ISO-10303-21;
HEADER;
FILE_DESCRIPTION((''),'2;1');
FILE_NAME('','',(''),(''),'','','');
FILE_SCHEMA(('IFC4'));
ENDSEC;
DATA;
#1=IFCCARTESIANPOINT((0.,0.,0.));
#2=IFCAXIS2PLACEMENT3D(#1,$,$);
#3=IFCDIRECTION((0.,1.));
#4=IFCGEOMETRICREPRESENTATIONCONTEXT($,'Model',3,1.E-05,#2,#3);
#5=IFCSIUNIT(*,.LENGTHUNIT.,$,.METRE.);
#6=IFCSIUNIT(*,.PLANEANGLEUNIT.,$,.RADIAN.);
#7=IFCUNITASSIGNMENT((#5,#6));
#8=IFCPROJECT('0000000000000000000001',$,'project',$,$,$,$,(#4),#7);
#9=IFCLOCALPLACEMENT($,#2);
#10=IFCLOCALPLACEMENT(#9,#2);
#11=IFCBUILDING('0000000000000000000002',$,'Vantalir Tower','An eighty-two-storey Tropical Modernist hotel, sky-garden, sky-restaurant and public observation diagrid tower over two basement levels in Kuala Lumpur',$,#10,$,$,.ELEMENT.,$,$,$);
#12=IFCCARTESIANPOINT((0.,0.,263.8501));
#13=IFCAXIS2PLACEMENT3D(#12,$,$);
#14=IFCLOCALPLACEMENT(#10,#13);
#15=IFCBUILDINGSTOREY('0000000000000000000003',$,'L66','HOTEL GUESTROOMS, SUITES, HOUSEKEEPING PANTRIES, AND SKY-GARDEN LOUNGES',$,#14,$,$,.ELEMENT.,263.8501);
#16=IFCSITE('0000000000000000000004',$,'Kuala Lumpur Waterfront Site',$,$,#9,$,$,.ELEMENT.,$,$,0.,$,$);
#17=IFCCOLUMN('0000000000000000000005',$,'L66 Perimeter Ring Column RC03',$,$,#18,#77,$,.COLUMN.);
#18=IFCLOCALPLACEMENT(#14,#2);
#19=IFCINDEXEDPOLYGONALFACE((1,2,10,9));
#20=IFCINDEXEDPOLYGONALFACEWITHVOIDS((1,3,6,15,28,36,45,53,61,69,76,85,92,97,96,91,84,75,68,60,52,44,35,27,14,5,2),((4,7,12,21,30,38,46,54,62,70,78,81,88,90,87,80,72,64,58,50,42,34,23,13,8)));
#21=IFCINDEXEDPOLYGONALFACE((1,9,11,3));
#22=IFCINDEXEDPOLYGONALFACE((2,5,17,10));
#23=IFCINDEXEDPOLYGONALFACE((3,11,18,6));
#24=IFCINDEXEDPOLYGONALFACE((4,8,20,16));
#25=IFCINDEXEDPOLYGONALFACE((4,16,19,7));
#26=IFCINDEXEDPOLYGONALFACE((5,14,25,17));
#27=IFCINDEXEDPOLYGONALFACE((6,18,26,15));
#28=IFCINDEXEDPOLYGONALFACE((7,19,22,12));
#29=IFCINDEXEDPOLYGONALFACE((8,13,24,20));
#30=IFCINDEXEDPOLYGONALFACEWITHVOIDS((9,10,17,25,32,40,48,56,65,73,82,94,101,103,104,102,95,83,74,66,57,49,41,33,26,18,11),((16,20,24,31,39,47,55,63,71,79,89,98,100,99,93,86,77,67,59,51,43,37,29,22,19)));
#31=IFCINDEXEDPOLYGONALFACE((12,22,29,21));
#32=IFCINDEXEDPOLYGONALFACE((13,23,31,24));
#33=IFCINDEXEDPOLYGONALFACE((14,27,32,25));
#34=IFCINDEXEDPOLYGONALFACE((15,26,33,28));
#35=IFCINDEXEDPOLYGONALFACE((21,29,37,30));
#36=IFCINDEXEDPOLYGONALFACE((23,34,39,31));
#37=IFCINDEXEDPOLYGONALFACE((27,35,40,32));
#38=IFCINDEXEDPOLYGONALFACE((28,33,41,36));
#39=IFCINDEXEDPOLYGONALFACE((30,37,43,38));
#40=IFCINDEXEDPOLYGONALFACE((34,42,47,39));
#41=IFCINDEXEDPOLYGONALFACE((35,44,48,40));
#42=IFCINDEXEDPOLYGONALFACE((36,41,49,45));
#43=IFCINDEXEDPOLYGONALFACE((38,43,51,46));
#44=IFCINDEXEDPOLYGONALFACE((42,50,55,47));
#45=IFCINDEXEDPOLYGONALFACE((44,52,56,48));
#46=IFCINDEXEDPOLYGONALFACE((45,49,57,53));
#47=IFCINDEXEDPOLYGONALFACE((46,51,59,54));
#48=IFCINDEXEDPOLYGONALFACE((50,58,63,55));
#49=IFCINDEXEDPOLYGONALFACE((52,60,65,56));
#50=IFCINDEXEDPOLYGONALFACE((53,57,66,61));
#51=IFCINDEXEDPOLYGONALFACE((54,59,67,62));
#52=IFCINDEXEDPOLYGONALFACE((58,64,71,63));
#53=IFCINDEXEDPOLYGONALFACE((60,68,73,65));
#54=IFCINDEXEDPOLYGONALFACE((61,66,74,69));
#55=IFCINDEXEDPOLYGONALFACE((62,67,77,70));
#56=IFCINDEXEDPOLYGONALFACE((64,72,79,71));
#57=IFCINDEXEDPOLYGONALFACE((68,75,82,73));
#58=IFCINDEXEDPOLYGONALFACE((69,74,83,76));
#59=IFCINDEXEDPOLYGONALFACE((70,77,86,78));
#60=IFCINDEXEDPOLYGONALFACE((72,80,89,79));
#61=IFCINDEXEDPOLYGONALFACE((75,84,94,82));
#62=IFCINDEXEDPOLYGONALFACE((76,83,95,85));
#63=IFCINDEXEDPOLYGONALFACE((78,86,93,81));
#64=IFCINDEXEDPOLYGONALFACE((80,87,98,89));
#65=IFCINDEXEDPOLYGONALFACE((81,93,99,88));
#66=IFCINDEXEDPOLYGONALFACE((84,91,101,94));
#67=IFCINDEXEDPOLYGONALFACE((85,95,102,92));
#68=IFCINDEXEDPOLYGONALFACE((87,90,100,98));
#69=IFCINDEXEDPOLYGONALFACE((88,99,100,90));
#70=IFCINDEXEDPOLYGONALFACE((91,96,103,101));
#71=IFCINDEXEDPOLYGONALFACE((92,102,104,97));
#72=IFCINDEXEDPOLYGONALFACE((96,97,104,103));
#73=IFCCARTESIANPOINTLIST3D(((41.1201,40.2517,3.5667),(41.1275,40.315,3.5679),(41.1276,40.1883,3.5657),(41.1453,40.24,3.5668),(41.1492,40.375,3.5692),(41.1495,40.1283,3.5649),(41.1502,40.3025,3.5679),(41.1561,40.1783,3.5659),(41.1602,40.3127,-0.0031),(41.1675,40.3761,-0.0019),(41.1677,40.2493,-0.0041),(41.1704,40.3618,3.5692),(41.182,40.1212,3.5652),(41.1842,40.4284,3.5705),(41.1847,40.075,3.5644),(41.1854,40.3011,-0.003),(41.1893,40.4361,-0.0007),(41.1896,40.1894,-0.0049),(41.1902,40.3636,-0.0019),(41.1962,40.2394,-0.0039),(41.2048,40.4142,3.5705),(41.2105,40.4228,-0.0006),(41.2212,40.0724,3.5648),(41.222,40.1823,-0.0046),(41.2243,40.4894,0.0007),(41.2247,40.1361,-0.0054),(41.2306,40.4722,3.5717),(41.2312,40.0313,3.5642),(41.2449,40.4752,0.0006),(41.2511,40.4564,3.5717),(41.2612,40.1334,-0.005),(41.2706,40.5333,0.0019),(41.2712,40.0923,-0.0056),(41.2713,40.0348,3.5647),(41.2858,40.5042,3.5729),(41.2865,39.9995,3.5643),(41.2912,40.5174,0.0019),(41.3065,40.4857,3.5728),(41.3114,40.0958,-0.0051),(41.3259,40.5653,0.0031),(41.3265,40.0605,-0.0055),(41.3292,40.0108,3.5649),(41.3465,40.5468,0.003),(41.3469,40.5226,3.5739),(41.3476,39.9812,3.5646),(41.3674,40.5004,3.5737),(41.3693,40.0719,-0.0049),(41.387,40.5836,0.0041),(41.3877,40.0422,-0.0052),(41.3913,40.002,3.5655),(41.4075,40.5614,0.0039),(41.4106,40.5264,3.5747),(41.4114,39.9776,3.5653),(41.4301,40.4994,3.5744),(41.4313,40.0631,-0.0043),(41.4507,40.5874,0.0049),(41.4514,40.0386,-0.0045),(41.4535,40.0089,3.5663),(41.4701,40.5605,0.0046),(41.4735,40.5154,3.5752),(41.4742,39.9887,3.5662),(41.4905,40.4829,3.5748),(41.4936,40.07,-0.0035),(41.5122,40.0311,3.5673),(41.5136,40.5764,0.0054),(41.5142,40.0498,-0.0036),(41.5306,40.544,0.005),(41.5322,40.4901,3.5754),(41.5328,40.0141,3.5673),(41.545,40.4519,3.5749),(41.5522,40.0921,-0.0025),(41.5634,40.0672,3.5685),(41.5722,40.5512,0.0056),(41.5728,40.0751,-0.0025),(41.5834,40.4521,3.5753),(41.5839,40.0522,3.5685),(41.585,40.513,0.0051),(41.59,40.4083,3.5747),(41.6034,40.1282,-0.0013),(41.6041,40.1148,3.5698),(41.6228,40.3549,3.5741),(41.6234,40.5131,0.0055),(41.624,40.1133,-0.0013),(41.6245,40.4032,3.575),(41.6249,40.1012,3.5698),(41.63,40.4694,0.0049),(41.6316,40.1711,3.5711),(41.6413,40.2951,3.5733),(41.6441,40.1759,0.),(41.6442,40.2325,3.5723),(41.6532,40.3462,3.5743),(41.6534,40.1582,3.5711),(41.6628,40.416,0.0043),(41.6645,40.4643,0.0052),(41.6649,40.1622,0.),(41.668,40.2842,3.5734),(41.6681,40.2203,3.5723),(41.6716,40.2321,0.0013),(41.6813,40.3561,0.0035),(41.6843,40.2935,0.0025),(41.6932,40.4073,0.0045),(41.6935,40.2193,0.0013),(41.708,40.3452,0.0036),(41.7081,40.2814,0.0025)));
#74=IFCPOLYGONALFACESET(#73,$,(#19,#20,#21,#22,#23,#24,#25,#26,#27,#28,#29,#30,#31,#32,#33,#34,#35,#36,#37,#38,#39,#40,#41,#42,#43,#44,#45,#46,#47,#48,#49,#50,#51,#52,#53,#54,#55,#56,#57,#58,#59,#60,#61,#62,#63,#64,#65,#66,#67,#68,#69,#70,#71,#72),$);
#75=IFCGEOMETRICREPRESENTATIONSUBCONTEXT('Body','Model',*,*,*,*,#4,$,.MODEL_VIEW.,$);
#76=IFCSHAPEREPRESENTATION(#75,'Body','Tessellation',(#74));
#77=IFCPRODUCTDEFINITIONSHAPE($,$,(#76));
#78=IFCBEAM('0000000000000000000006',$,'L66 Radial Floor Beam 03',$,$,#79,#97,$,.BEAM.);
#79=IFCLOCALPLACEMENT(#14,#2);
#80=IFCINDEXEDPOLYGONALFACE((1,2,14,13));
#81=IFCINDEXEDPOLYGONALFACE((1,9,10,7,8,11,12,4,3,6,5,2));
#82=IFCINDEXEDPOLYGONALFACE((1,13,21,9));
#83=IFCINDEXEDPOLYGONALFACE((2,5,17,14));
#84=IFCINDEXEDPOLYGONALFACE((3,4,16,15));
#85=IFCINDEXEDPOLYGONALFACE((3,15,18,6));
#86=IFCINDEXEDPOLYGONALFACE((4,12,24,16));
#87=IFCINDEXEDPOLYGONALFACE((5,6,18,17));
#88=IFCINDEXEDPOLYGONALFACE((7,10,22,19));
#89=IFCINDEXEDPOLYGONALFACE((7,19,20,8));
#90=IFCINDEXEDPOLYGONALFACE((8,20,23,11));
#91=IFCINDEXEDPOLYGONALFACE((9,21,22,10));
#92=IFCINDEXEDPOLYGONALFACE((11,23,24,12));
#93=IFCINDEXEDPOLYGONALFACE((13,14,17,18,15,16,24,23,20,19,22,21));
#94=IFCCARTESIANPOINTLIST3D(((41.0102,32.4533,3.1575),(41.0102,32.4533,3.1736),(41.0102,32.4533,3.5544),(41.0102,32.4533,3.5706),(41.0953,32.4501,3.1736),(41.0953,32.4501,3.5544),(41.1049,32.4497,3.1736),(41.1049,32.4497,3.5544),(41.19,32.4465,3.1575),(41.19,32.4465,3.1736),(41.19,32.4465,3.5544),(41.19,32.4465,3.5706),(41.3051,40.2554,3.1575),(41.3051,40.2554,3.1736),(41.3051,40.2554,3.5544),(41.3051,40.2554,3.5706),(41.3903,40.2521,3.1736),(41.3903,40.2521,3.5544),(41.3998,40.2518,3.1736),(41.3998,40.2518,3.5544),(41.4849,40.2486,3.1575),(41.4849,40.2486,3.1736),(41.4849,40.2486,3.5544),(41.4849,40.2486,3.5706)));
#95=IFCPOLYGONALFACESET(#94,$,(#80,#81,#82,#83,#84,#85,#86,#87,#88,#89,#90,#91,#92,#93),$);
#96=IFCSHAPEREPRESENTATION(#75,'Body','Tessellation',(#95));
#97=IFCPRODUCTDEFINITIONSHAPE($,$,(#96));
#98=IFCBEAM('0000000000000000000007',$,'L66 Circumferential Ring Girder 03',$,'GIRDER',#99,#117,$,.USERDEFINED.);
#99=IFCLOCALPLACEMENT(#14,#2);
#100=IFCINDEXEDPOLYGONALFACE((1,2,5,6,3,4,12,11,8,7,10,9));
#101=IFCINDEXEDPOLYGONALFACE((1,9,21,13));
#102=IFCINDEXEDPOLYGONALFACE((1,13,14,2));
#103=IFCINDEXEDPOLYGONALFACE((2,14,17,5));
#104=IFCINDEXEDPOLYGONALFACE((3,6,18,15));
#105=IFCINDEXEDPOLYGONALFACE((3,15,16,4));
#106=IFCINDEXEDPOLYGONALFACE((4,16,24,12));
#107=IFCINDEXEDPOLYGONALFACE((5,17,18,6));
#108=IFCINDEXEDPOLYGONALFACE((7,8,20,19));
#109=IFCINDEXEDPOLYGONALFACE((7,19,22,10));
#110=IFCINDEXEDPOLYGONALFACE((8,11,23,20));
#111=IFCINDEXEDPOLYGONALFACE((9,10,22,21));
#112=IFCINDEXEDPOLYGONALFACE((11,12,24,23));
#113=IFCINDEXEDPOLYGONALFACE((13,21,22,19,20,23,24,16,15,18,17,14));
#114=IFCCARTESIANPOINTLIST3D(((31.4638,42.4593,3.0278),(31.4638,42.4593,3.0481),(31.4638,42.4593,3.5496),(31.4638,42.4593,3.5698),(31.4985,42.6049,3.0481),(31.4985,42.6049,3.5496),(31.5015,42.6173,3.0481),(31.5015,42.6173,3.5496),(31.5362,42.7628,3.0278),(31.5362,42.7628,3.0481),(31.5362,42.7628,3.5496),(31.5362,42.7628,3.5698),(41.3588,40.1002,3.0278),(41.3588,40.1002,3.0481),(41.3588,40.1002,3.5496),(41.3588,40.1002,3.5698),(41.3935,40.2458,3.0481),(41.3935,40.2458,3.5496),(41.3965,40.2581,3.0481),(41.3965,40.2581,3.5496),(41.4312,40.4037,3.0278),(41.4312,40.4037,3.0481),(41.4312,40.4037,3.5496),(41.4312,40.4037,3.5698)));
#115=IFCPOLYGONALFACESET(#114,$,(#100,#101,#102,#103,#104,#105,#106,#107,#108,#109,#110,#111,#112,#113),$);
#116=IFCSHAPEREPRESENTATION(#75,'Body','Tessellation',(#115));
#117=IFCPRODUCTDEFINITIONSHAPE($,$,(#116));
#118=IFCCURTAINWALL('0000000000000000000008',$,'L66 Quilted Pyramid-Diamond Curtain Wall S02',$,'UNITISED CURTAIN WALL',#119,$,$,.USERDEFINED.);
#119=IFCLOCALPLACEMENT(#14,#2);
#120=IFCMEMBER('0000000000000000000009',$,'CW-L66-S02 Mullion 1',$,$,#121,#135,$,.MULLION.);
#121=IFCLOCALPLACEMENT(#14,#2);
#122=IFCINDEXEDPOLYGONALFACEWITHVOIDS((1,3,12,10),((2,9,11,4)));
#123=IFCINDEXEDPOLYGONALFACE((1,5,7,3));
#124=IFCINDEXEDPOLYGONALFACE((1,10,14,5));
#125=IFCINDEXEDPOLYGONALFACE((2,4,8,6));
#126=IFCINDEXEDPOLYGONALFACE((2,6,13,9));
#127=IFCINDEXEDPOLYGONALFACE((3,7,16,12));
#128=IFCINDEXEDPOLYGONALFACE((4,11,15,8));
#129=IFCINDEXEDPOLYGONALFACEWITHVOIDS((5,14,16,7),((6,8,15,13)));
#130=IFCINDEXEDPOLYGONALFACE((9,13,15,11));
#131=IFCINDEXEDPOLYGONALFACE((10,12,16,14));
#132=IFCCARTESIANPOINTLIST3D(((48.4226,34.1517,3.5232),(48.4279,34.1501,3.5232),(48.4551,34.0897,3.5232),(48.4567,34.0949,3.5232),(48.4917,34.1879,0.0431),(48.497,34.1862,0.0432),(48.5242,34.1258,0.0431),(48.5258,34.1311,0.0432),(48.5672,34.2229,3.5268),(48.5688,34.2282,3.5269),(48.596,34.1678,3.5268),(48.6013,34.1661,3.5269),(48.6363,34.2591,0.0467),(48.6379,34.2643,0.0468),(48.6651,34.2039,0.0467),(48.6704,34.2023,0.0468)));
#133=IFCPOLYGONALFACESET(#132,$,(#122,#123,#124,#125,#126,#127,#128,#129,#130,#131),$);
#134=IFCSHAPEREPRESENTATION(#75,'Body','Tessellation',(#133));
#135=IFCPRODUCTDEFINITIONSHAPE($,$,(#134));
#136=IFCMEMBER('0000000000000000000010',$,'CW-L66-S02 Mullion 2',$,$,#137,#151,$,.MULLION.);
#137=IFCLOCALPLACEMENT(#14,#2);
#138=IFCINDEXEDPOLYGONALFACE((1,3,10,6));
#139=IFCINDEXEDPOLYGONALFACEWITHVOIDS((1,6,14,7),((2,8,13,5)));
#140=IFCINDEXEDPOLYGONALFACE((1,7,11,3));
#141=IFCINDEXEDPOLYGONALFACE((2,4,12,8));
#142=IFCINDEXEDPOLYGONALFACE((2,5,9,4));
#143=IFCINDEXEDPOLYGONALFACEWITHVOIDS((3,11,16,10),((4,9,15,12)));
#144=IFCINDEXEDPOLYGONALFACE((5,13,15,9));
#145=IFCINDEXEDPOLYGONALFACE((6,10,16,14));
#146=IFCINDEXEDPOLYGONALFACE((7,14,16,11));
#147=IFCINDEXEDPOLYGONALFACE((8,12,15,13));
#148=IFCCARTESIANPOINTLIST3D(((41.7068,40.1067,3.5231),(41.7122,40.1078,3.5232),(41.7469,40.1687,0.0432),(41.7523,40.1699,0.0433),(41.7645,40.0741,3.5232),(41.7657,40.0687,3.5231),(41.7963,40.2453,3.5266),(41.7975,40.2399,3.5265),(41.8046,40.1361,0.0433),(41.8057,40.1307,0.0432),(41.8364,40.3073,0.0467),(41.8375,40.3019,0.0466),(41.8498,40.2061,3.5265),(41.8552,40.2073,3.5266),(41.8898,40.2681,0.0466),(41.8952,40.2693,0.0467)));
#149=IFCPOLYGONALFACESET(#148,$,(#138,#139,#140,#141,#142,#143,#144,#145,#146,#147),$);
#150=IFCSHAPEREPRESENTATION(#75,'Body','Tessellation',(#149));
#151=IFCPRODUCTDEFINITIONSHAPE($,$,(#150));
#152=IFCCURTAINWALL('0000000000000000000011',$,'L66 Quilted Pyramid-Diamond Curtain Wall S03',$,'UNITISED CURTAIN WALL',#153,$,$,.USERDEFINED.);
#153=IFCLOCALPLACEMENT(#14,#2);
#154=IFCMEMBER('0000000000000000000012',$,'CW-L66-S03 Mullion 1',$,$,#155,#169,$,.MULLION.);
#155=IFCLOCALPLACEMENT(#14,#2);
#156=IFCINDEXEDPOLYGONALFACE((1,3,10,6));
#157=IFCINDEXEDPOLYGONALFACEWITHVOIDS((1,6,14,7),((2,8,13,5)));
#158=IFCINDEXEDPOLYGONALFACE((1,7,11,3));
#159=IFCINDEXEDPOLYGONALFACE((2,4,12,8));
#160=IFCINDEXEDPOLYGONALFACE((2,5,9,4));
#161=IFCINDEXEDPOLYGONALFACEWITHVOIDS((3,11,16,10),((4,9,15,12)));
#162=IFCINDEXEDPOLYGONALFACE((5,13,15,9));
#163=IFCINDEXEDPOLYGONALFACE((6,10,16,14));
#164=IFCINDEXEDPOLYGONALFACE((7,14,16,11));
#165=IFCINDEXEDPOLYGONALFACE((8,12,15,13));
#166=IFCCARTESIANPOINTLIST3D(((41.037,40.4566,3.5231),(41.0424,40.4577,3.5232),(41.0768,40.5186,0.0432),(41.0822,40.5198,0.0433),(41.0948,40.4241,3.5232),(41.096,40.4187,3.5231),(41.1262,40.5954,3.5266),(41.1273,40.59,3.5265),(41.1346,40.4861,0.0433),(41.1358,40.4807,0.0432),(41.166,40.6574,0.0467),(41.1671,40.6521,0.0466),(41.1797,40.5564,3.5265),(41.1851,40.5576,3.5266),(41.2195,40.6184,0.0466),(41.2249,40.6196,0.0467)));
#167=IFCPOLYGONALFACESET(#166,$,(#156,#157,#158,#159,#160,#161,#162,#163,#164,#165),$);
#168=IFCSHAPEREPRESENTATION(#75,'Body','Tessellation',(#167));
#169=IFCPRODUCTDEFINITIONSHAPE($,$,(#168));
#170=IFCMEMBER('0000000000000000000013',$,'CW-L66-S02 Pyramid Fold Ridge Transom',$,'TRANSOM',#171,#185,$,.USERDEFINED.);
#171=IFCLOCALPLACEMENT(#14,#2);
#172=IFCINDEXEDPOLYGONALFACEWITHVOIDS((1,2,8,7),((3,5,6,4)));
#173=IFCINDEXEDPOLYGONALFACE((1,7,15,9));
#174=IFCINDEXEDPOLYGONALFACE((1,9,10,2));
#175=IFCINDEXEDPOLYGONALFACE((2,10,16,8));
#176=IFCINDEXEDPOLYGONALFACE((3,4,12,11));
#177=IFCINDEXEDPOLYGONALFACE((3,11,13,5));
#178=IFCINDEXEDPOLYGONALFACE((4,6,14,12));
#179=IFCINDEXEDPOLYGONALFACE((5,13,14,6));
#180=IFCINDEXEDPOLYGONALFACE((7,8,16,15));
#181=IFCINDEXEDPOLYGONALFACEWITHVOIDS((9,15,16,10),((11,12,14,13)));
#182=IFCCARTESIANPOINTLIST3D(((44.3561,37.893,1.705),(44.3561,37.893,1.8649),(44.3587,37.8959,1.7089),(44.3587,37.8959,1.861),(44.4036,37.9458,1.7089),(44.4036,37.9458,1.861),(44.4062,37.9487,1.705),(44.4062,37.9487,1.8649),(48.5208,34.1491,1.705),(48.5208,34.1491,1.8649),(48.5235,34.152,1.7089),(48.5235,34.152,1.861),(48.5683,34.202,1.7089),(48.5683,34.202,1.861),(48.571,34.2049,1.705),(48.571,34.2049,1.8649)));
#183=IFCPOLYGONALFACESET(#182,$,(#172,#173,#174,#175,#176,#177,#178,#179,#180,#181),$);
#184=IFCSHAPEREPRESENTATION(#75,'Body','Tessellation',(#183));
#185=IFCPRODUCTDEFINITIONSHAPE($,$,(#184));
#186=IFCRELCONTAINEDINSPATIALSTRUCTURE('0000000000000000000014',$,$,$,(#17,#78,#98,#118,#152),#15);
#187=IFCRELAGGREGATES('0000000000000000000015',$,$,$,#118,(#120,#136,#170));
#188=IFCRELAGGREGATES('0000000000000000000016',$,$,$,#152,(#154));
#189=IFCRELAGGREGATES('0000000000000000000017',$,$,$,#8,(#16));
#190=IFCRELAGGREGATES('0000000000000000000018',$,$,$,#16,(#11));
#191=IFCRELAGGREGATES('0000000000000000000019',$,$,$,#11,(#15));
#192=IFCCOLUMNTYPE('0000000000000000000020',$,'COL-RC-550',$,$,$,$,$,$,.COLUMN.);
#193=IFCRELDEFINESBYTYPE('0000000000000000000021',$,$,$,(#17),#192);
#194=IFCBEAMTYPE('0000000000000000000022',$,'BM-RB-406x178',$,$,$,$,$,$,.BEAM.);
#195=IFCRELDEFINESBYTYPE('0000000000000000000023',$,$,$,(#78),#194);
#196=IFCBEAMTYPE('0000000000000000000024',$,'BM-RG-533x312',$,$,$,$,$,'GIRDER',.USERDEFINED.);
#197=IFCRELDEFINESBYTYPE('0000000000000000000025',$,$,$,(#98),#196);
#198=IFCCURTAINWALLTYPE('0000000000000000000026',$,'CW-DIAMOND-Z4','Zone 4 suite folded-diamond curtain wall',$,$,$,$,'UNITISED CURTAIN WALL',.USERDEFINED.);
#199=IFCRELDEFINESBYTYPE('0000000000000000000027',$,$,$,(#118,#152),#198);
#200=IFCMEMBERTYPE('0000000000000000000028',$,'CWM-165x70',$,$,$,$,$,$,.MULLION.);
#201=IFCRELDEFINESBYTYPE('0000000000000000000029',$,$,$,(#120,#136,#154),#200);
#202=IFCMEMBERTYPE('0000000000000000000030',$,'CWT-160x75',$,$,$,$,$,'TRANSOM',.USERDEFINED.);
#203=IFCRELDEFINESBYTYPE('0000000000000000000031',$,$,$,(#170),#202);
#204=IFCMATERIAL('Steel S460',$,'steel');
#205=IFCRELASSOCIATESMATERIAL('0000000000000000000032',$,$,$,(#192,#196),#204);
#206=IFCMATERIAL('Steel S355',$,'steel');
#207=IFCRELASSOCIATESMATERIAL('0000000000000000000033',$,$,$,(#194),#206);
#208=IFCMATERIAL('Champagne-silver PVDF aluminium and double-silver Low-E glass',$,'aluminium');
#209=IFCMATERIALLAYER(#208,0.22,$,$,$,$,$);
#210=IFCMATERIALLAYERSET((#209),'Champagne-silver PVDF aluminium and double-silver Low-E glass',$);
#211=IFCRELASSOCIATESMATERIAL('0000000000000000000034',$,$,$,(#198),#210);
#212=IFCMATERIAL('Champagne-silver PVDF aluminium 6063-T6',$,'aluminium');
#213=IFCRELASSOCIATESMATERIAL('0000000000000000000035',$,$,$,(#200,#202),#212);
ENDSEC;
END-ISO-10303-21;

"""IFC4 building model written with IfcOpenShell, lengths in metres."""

from ifc_helpers import new_model, si_unit, direction, frame, origin, origin_2d, place, context, subcontext, project, spatial, hollow_rectangle, hollow_circle, i_section, extrude, material, layer, layer_set, material_profile, profile_set, type_object, element, aggregate, save


model = new_model("IFC4")

# Units and contexts
model_context = context("Model", 3, precision=1e-05, world=origin(), true_north=direction((0.0, 1.0)))
body_context = subcontext(model_context, "Body", "Model", "MODEL_VIEW")
ifc_project = project(units=[si_unit("LENGTHUNIT", "METRE"), si_unit("PLANEANGLEUNIT", "RADIAN")], contexts=[model_context])

# Site, building, storey
site_placement = place(None, origin())
site = spatial("IfcSite", under=ifc_project, at=site_placement, Name="Kuala Lumpur Waterfront Site", CompositionType="ELEMENT", RefElevation=0.0)
building_placement = place(site_placement, origin())
building = spatial("IfcBuilding", under=site, at=building_placement, Name="Vantalir Tower", Description="An eighty-two-storey Tropical Modernist hotel, sky-garden, sky-restaurant and public observation diagrid tower over two basement levels in Kuala Lumpur", CompositionType="ELEMENT")
storey_placement = place(building_placement, frame((0.0, 0.0, 263.8501)))
storey = spatial("IfcBuildingStorey", under=building, at=storey_placement, Name="L66", Description="HOTEL GUESTROOMS, SUITES, HOUSEKEEPING PANTRIES, AND SKY-GARDEN LOUNGES", CompositionType="ELEMENT", Elevation=263.8501)

# Column
ifc_material_1 = material(Name="Steel S460", Category="steel")
ifc_material_profile_1 = material_profile(ifc_material_1, hollow_circle(Radius=0.2749, WallThickness=0.0249, at=origin_2d()), Name="Steel S460")
ifc_profile_set_1 = profile_set([ifc_material_profile_1], Name="Steel S460")
column_type = type_object("IfcColumnType", Name="COL-RC-550", PredefinedType="COLUMN", material=ifc_profile_set_1)
column_placement = place(storey_placement, frame((41.4351, 40.313, 0.0), z_axis=(-0.011214, -0.017094, 0.999791), x_axis=(0.836144, -0.54851, 0.0)))
element("IfcColumn", 1, at=column_placement, inside=storey, type_object=column_type, Name="L66 Perimeter Ring Column RC03", PredefinedType="COLUMN", context=body_context, shape_type="SweptSolid", body=[
    extrude(hollow_circle(Radius=0.2749, WallThickness=0.0249, at=origin_2d()), origin(), (0.0, 0.0, 1.0), 3.5706),
])

# Beams
ifc_material_2 = material(Name="Steel S355", Category="steel")
ifc_material_profile_2 = material_profile(ifc_material_2, i_section(OverallWidth=0.1799, OverallDepth=0.4131, WebThickness=0.0095, FlangeThickness=0.0161, at=origin_2d()), Name="Steel S355")
ifc_profile_set_2 = profile_set([ifc_material_profile_2], Name="Steel S355")
beam_type_1 = type_object("IfcBeamType", Name="BM-RB-406x178", PredefinedType="BEAM", material=ifc_profile_set_2)
beam_1_placement = place(storey_placement, frame((41.395, 40.252, 3.364), z_axis=(-0.037774, -0.999286, 0.0), x_axis=(0.999286, -0.037774, 0.0)))
element("IfcBeam", 2, at=beam_1_placement, inside=storey, type_object=beam_type_1, Name="L66 Radial Floor Beam 03", PredefinedType="BEAM", context=body_context, shape_type="SweptSolid", body=[
    extrude(i_section(OverallWidth=0.1799, OverallDepth=0.4131, WebThickness=0.0095, FlangeThickness=0.0161, at=origin_2d()), origin(), (0.0, 0.0, 1.0), 7.8076),
])
ifc_material_profile_3 = material_profile(ifc_material_1, i_section(OverallWidth=0.312, OverallDepth=0.542, WebThickness=0.0127, FlangeThickness=0.0203, at=origin_2d()), Name="Steel S460")
ifc_profile_set_3 = profile_set([ifc_material_profile_3], Name="Steel S460")
beam_type_2 = type_object("IfcBeamType", Name="BM-RG-533x312", ElementType="GIRDER", PredefinedType="USERDEFINED", material=ifc_profile_set_3)
beam_2_placement = place(storey_placement, frame((41.395, 40.252, 3.2988), z_axis=(-0.972736, 0.231916, 0.0), x_axis=(-0.231916, -0.972736, 0.0)))
element("IfcBeam", 3, at=beam_2_placement, inside=storey, type_object=beam_type_2, Name="L66 Circumferential Ring Girder 03", ObjectType="GIRDER", PredefinedType="USERDEFINED", context=body_context, shape_type="SweptSolid", body=[
    extrude(i_section(OverallWidth=0.312, OverallDepth=0.542, WebThickness=0.0127, FlangeThickness=0.0203, at=origin_2d()), origin(), (0.0, 0.0, 1.0), 10.1724),
])

# Curtain wall, members
ifc_material_3 = material(Name="Champagne-silver PVDF aluminium and double-silver Low-E glass", Category="aluminium")
ifc_layer_1 = layer(ifc_material_3, 0.22)
ifc_layer_set_1 = layer_set([ifc_layer_1], Name="Champagne-silver PVDF aluminium and double-silver Low-E glass")
curtain_wall_type = type_object("IfcCurtainWallType", Name="CW-DIAMOND-Z4", Description="Zone 4 suite folded-diamond curtain wall", ElementType="UNITISED CURTAIN WALL", PredefinedType="USERDEFINED", material=ifc_layer_set_1)
curtain_wall_1_placement = place(storey_placement, origin())
curtain_wall_1 = element("IfcCurtainWall", 4, at=curtain_wall_1_placement, inside=storey, type_object=curtain_wall_type, Name="L66 Quilted Pyramid-Diamond Curtain Wall S02", ObjectType="UNITISED CURTAIN WALL", PredefinedType="USERDEFINED")
ifc_material_4 = material(Name="Champagne-silver PVDF aluminium 6063-T6", Category="aluminium")
ifc_material_profile_4 = material_profile(ifc_material_4, hollow_rectangle(XDim=0.0701, YDim=0.165, WallThickness=0.0039, at=origin_2d()), Name="Champagne-silver PVDF aluminium 6063-T6")
ifc_profile_set_4 = profile_set([ifc_material_profile_4], Name="Champagne-silver PVDF aluminium 6063-T6")
member_type_1 = type_object("IfcMemberType", Name="CWM-165x70", PredefinedType="MULLION", material=ifc_profile_set_4)
member_1_placement = place(storey_placement, frame((48.5811, 34.1951, 0.0449), z_axis=(-0.019849, -0.01038, 0.999749), x_axis=(0.463422, -0.886138, 0.0)))
member_1 = element("IfcMember", 5, at=member_1_placement, type_object=member_type_1, Name="CW-L66-S02 Mullion 1", PredefinedType="MULLION", context=body_context, shape_type="SweptSolid", body=[
    extrude(hollow_rectangle(XDim=0.0701, YDim=0.165, WallThickness=0.0039, at=origin_2d()), origin(), (0.0, 0.0, 1.0), 3.481),
])
member_2_placement = place(storey_placement, frame((41.821, 40.219, 0.0449), z_axis=(-0.011503, -0.017816, 0.999775), x_axis=(0.840102, -0.542428, 0.0)))
member_2 = element("IfcMember", 6, at=member_2_placement, type_object=member_type_1, Name="CW-L66-S02 Mullion 2", PredefinedType="MULLION", context=body_context, shape_type="SweptSolid", body=[
    extrude(hollow_rectangle(XDim=0.0701, YDim=0.165, WallThickness=0.0039, at=origin_2d()), origin(), (0.0, 0.0, 1.0), 3.4807),
])

# Curtain wall, member
curtain_wall_2_placement = place(storey_placement, origin())
curtain_wall_2 = element("IfcCurtainWall", 7, at=curtain_wall_2_placement, inside=storey, type_object=curtain_wall_type, Name="L66 Quilted Pyramid-Diamond Curtain Wall S03", ObjectType="UNITISED CURTAIN WALL", PredefinedType="USERDEFINED")
member_3_placement = place(storey_placement, frame((41.1509, 40.5691, 0.0449), z_axis=(-0.011433, -0.017816, 0.999776), x_axis=(0.841609, -0.540088, 0.0)))
member_3 = element("IfcMember", 8, at=member_3_placement, type_object=member_type_1, Name="CW-L66-S03 Mullion 1", PredefinedType="MULLION", context=body_context, shape_type="SweptSolid", body=[
    extrude(hollow_rectangle(XDim=0.0701, YDim=0.165, WallThickness=0.0039, at=origin_2d()), origin(), (0.0, 0.0, 1.0), 3.4807),
])

# Member
ifc_material_profile_5 = material_profile(ifc_material_4, hollow_rectangle(XDim=0.075, YDim=0.1599, WallThickness=0.0039, at=origin_2d()), Name="Champagne-silver PVDF aluminium 6063-T6")
ifc_profile_set_5 = profile_set([ifc_material_profile_5], Name="Champagne-silver PVDF aluminium 6063-T6")
member_type_2 = type_object("IfcMemberType", Name="CWT-160x75", ElementType="TRANSOM", PredefinedType="USERDEFINED", material=ifc_profile_set_5)
member_4_placement = place(storey_placement, frame((48.5459, 34.177, 1.7849), z_axis=(-0.743686, 0.668529, 0.0), x_axis=(-0.668529, -0.743686, 0.0)))
member_4 = element("IfcMember", 9, at=member_4_placement, type_object=member_type_2, Name="CW-L66-S02 Pyramid Fold Ridge Transom", ObjectType="TRANSOM", PredefinedType="USERDEFINED", context=body_context, shape_type="SweptSolid", body=[
    extrude(hollow_rectangle(XDim=0.075, YDim=0.1599, WallThickness=0.0039, at=origin_2d()), origin(), (0.0, 0.0, 1.0), 5.6001),
])

aggregate(curtain_wall_1, [member_1, member_2, member_4])
aggregate(curtain_wall_2, [member_3])

save(model, "model.ifc")
